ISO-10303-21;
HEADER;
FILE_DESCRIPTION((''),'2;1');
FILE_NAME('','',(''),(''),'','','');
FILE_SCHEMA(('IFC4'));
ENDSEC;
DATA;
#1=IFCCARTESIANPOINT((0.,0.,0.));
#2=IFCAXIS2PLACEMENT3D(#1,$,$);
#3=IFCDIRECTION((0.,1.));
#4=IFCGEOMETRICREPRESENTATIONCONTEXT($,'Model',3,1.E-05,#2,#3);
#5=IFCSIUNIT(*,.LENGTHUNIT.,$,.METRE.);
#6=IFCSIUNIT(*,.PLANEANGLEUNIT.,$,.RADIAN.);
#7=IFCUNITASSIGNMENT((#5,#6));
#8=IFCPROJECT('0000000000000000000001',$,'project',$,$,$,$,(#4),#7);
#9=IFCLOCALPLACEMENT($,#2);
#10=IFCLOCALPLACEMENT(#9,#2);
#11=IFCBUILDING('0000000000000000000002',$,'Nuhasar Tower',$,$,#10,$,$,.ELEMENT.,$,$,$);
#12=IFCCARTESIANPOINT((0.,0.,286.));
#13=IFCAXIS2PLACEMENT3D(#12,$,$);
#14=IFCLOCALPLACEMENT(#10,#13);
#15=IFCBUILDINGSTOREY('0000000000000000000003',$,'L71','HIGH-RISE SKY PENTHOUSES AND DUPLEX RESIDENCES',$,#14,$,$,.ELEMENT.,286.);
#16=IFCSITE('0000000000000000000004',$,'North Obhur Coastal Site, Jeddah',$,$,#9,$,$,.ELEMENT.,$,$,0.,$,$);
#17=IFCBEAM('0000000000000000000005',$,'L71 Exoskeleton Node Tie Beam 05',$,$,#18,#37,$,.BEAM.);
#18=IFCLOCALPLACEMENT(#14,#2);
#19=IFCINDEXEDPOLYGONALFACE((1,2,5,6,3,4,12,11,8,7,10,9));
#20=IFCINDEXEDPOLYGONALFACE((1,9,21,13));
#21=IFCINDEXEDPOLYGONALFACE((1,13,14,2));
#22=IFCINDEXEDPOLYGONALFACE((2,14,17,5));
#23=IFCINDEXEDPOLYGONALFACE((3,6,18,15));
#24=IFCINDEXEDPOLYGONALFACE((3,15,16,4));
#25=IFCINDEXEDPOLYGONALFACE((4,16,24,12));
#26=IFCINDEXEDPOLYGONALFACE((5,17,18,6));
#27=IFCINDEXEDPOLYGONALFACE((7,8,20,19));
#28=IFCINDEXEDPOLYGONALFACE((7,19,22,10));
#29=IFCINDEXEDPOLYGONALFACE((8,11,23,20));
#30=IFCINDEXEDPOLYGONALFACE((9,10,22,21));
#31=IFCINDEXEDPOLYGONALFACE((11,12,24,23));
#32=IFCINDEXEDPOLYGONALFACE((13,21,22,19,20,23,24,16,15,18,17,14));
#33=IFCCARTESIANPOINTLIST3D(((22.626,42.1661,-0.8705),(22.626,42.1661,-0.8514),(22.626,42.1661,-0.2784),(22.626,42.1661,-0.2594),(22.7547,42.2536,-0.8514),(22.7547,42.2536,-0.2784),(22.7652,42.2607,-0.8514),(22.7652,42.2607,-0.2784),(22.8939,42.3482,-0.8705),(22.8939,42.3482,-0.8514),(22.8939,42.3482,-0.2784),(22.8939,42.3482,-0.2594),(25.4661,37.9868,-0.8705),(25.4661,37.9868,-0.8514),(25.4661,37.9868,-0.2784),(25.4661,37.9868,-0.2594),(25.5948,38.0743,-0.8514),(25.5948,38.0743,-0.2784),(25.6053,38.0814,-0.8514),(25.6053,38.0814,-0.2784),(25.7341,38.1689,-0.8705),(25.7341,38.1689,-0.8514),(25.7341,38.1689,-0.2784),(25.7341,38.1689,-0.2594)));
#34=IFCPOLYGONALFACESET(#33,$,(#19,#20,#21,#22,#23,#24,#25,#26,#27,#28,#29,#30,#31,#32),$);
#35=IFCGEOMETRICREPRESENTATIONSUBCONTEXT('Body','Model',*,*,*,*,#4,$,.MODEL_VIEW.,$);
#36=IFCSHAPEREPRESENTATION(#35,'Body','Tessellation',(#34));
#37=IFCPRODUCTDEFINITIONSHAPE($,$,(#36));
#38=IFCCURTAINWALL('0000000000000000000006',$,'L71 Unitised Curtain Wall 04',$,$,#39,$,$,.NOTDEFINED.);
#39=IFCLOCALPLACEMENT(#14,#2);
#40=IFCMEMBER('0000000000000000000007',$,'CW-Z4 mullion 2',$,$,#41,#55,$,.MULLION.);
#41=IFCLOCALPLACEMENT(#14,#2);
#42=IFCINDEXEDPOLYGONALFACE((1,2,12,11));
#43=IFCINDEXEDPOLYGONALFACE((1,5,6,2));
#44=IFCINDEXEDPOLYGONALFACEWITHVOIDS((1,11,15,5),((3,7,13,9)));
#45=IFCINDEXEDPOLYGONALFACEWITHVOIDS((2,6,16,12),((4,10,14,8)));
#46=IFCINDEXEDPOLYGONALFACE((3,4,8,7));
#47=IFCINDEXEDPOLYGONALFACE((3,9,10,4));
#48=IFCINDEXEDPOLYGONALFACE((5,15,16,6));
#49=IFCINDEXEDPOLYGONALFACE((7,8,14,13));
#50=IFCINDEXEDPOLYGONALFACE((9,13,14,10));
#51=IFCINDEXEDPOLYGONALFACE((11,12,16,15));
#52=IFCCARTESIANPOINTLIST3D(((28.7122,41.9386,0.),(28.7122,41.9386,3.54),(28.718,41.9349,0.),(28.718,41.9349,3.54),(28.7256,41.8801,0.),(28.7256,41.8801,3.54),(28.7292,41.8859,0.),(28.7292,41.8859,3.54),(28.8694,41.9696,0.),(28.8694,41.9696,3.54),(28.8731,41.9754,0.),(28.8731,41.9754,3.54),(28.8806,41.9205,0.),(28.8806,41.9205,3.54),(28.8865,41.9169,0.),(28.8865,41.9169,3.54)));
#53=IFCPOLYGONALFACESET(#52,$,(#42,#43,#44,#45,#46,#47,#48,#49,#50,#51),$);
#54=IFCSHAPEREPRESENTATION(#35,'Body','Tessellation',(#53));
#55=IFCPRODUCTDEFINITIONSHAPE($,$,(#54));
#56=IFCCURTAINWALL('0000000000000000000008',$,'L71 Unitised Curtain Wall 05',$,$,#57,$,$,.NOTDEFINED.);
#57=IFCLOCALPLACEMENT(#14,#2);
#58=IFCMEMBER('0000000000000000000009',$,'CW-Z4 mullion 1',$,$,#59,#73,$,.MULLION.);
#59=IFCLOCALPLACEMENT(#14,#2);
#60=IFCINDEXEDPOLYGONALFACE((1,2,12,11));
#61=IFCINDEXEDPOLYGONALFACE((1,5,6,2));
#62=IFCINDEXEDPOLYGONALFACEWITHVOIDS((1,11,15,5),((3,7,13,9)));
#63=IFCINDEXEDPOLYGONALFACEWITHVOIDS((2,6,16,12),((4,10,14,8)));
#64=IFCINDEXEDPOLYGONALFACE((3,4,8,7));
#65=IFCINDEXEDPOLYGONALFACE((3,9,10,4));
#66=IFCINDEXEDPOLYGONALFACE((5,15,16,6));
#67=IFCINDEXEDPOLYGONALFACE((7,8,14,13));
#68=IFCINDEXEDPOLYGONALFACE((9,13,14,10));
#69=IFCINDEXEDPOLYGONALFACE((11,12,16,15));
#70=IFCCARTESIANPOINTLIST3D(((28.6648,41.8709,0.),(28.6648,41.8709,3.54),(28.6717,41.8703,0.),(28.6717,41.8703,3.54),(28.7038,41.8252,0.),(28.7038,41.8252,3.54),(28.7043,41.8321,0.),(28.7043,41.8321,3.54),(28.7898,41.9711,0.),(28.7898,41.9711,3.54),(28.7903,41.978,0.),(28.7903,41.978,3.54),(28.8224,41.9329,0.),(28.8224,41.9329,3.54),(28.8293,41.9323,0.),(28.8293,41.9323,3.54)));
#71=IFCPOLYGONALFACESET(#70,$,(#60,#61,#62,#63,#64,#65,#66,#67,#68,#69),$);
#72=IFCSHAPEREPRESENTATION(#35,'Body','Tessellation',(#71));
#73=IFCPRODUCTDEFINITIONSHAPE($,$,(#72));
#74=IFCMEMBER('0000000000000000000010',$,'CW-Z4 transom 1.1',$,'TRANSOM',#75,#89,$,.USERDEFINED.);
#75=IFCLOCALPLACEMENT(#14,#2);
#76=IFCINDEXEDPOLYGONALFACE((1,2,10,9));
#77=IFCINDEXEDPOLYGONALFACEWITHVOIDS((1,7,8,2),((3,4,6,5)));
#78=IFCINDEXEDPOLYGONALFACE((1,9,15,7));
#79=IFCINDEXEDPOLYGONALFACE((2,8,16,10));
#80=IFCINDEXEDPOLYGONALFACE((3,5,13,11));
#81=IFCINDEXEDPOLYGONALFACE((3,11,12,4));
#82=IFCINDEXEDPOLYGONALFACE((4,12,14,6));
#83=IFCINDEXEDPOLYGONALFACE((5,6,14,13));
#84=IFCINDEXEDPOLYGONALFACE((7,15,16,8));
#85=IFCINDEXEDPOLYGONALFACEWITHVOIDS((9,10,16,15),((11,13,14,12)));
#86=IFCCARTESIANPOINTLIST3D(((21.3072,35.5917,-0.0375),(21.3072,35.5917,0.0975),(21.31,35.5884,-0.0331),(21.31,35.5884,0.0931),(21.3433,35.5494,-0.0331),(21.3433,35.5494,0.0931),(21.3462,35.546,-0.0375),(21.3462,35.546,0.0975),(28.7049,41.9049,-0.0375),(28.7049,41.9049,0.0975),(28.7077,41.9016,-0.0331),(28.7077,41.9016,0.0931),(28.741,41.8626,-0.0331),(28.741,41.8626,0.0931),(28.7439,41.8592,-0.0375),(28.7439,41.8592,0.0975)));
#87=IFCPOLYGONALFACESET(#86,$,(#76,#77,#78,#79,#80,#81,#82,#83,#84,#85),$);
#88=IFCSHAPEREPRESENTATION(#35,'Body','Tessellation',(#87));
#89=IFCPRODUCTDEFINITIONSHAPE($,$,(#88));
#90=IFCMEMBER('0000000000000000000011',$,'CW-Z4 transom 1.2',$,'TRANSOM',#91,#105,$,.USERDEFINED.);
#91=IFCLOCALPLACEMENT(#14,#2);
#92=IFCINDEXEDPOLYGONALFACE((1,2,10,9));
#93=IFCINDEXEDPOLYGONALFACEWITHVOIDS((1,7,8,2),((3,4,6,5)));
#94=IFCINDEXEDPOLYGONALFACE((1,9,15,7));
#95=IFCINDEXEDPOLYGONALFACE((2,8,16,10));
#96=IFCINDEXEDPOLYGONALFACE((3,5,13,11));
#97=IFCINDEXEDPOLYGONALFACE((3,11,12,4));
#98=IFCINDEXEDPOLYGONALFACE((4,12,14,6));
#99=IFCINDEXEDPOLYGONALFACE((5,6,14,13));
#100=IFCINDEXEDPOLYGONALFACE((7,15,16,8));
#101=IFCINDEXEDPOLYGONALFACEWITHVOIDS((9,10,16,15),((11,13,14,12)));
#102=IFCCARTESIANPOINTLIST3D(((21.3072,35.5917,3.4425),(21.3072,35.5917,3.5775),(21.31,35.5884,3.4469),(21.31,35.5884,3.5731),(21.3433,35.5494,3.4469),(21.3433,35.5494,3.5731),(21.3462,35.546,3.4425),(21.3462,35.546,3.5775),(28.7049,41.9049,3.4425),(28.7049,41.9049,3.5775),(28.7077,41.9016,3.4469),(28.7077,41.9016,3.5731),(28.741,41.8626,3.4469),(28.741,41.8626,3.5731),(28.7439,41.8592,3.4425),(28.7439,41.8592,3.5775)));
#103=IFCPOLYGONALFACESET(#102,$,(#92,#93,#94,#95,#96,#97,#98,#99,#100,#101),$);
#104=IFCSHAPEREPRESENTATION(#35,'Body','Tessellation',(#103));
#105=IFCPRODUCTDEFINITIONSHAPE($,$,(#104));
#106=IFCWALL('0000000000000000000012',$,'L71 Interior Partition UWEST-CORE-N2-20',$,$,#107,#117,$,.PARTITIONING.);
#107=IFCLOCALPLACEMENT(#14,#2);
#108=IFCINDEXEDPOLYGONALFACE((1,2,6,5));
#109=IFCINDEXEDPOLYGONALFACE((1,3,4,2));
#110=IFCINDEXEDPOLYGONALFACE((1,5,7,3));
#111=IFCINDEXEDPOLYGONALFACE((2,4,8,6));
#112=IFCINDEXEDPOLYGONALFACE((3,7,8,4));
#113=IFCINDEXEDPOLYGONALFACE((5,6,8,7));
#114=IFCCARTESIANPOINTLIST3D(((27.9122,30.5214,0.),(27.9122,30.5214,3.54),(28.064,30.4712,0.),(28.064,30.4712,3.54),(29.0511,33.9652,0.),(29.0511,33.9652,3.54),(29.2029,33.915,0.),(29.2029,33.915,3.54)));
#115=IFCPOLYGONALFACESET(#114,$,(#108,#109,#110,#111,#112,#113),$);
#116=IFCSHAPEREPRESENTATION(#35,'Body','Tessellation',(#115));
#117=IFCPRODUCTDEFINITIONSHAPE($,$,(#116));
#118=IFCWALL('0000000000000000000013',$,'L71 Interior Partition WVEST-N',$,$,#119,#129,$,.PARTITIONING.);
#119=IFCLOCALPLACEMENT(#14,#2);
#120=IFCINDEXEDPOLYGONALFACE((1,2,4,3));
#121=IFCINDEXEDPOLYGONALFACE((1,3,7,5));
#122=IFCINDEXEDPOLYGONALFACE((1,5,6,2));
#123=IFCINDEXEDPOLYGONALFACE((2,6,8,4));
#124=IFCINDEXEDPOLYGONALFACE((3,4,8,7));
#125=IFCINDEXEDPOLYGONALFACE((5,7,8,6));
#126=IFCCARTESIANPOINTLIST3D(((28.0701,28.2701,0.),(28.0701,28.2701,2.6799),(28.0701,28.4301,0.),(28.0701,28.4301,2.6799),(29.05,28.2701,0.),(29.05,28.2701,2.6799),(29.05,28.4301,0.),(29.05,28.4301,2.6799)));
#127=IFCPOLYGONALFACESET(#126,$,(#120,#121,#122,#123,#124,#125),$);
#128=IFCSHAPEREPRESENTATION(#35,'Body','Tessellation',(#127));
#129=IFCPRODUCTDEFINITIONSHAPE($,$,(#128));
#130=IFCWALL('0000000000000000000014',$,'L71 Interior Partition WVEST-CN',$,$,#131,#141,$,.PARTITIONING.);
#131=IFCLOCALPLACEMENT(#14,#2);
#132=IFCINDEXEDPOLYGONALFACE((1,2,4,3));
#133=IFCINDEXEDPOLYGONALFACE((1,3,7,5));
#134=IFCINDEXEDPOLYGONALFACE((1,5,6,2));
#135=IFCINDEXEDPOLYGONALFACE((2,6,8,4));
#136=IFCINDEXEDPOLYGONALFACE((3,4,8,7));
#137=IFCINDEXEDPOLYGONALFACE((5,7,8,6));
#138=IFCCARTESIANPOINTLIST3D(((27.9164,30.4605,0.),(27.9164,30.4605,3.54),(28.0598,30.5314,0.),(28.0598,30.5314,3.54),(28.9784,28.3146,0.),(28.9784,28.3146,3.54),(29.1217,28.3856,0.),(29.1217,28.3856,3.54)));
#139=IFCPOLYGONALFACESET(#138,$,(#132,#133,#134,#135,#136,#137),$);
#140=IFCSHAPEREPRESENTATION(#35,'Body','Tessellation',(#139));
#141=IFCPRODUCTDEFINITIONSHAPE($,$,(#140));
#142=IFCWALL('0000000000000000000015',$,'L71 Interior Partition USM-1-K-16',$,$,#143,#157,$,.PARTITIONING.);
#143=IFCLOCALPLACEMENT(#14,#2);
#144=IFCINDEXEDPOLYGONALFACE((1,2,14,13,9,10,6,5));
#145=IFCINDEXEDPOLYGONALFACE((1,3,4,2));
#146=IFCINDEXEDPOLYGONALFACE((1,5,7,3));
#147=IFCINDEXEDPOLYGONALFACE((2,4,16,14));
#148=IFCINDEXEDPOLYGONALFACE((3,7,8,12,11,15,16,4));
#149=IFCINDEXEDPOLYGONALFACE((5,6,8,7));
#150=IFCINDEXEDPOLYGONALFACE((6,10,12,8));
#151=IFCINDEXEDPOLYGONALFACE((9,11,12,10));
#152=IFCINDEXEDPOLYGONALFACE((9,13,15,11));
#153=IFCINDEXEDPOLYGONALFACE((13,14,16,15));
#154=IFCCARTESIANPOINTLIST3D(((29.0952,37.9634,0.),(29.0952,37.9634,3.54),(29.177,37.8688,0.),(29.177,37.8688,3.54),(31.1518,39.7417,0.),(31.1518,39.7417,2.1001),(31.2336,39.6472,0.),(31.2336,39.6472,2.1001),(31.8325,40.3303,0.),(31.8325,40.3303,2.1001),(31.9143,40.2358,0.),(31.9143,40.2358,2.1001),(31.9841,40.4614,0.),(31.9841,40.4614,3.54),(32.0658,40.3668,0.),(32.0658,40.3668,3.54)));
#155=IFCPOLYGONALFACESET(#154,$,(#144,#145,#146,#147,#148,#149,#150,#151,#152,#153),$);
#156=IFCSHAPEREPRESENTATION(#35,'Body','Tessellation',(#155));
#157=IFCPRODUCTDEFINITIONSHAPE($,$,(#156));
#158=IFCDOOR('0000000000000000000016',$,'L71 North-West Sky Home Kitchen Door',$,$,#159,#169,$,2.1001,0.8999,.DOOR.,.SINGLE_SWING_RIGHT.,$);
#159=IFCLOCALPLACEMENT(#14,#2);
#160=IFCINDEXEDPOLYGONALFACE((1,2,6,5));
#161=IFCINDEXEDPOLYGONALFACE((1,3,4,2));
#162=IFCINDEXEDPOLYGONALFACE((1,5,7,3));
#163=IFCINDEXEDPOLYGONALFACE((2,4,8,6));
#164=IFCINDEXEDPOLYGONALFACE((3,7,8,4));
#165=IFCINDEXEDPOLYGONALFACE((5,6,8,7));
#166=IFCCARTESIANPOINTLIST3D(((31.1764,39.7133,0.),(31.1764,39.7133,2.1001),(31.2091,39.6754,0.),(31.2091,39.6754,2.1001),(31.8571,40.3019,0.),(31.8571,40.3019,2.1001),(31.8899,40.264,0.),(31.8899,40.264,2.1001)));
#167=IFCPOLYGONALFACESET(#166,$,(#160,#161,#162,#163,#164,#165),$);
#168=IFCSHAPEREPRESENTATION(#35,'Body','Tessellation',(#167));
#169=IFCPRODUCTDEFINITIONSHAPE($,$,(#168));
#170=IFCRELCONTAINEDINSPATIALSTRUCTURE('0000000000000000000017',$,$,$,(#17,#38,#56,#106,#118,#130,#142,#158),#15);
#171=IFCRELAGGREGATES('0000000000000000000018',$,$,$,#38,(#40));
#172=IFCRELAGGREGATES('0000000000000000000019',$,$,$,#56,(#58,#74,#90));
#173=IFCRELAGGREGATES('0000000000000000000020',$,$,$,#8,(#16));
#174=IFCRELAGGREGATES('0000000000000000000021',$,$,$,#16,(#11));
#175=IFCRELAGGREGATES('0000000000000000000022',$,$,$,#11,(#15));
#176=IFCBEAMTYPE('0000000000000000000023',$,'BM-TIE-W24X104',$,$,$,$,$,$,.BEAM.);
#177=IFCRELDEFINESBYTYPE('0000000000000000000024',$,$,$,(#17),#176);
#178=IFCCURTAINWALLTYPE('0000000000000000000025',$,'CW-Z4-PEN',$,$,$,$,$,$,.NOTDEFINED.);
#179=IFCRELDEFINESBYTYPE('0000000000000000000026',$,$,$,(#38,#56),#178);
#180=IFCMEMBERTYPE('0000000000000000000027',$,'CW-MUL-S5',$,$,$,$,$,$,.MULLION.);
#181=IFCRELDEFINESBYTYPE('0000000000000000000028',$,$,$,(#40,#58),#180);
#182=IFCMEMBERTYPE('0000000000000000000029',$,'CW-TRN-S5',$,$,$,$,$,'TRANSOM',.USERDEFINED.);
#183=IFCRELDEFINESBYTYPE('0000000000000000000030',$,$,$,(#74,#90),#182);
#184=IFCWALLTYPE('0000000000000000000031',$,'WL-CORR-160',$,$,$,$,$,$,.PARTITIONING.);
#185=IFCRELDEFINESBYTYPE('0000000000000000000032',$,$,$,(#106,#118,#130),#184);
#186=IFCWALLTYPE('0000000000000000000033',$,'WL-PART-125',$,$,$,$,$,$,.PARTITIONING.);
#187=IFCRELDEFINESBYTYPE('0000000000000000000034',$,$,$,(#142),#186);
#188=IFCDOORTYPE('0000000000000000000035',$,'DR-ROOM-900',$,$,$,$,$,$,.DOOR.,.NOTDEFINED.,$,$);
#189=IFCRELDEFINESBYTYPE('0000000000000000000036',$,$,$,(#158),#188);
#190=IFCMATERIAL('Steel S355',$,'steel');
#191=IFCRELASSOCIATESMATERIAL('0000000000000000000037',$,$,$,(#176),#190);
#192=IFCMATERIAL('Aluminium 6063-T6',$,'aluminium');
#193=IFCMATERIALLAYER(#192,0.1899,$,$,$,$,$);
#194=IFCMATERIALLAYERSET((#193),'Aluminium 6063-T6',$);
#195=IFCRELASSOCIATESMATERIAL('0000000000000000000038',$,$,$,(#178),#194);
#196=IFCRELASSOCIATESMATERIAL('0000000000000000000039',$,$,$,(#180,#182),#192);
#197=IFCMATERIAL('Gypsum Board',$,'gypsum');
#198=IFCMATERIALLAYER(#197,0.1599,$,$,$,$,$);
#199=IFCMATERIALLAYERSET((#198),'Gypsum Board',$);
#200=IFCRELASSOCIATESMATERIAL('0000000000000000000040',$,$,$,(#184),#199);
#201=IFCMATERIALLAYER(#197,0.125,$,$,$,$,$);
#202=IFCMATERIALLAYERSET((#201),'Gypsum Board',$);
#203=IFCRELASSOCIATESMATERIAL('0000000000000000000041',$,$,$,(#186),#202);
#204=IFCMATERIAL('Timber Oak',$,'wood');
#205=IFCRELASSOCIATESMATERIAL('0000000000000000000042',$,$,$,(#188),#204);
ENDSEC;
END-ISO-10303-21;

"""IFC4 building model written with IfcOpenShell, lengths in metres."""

from ifc_helpers import new_model, si_unit, direction, frame, frame_2d, origin, origin_2d, place, context, subcontext, project, spatial, rectangle, hollow_rectangle, i_section, extrude, material, layer, layer_set, material_profile, profile_set, type_object, element, fill, aggregate, save


model = new_model("IFC4")

# Units and contexts
model_context = context("Model", 3, precision=1e-05, world=origin(), true_north=direction((0.0, 1.0)))
body_context = subcontext(model_context, "Body", "Model", "MODEL_VIEW")
ifc_project = project(units=[si_unit("LENGTHUNIT", "METRE"), si_unit("PLANEANGLEUNIT", "RADIAN")], contexts=[model_context])

# Site, building, storey
site_placement = place(None, origin())
site = spatial("IfcSite", under=ifc_project, at=site_placement, Name="North Obhur Coastal Site, Jeddah", CompositionType="ELEMENT", RefElevation=0.0)
building_placement = place(site_placement, origin())
building = spatial("IfcBuilding", under=site, at=building_placement, Name="Nuhasar Tower", CompositionType="ELEMENT")
storey_placement = place(building_placement, frame((0.0, 0.0, 286.0)))
storey = spatial("IfcBuildingStorey", under=building, at=storey_placement, Name="L71", Description="HIGH-RISE SKY PENTHOUSES AND DUPLEX RESIDENCES", CompositionType="ELEMENT", Elevation=286.0)

# Beam
ifc_material_1 = material(Name="Steel S355", Category="steel")
ifc_material_profile_1 = material_profile(ifc_material_1, i_section(OverallWidth=0.324, OverallDepth=0.6111, WebThickness=0.0127, FlangeThickness=0.019, at=origin_2d()), Name="W24X104")
ifc_profile_set_1 = profile_set([ifc_material_profile_1], Name="Steel S355")
beam_type_1 = type_object("IfcBeamType", Name="BM-TIE-W24X104", PredefinedType="BEAM", material=ifc_profile_set_1)
beam_1_placement = place(storey_placement, frame((25.6001, 38.0779, -0.5649), z_axis=(-0.562071, 0.827089, 0.0), x_axis=(-0.827089, -0.562071, 0.0)))
element("IfcBeam", 1, at=beam_1_placement, inside=storey, type_object=beam_type_1, Name="L71 Exoskeleton Node Tie Beam 05", PredefinedType="BEAM", context=body_context, shape_type="SweptSolid", body=[
    extrude(i_section(OverallWidth=0.324, OverallDepth=0.6111, WebThickness=0.0127, FlangeThickness=0.019, at=origin_2d()), origin(), (0.0, 0.0, 1.0), 5.053),
])

# Curtain wall, member
ifc_material_2 = material(Name="Aluminium 6063-T6", Category="aluminium")
ifc_layer_1 = layer(ifc_material_2, 0.1899)
ifc_layer_set_1 = layer_set([ifc_layer_1], Name="Aluminium 6063-T6")
curtain_wall_type = type_object("IfcCurtainWallType", Name="CW-Z4-PEN", PredefinedType="NOTDEFINED", material=ifc_layer_set_1)
curtain_wall_1_placement = place(storey_placement, origin())
curtain_wall_1 = element("IfcCurtainWall", 2, at=curtain_wall_1_placement, inside=storey, type_object=curtain_wall_type, Name="L71 Unitised Curtain Wall 04", PredefinedType="NOTDEFINED")
ifc_material_profile_2 = material_profile(ifc_material_2, hollow_rectangle(XDim=0.0601, YDim=0.165, WallThickness=0.0049, at=origin_2d()), Name="CWM-5")
ifc_profile_set_2 = profile_set([ifc_material_profile_2], Name="Aluminium 6063-T6")
member_type_1 = type_object("IfcMemberType", Name="CW-MUL-S5", PredefinedType="MULLION", material=ifc_profile_set_2)
member_1_placement = place(storey_placement, frame((28.7993, 41.9277, 0.0), z_axis=(0.0, 0.0, 1.0), x_axis=(0.222889, -0.974844, 0.0)))
member_1 = element("IfcMember", 3, at=member_1_placement, type_object=member_type_1, Name="CW-Z4 mullion 2", PredefinedType="MULLION", context=body_context, shape_type="SweptSolid", body=[
    extrude(hollow_rectangle(XDim=0.0601, YDim=0.165, WallThickness=0.0049, at=origin_2d()), origin(), (0.0, 0.0, 1.0), 3.54),
])
aggregate(curtain_wall_1, [member_1])

# Curtain wall, members
curtain_wall_2_placement = place(storey_placement, origin())
curtain_wall_2 = element("IfcCurtainWall", 4, at=curtain_wall_2_placement, inside=storey, type_object=curtain_wall_type, Name="L71 Unitised Curtain Wall 05", PredefinedType="NOTDEFINED")
member_2_placement = place(storey_placement, frame((28.7471, 41.9016, 0.0), z_axis=(0.0, 0.0, 1.0), x_axis=(0.649142, -0.760667, 0.0)))
member_2 = element("IfcMember", 5, at=member_2_placement, type_object=member_type_1, Name="CW-Z4 mullion 1", PredefinedType="MULLION", context=body_context, shape_type="SweptSolid", body=[
    extrude(hollow_rectangle(XDim=0.0601, YDim=0.165, WallThickness=0.0049, at=origin_2d()), origin(), (0.0, 0.0, 1.0), 3.54),
])
ifc_material_profile_3 = material_profile(ifc_material_2, hollow_rectangle(XDim=0.0601, YDim=0.135, WallThickness=0.0044, at=origin_2d()), Name="CWT-5")
ifc_profile_set_3 = profile_set([ifc_material_profile_3], Name="Aluminium 6063-T6")
member_type_2 = type_object("IfcMemberType", Name="CW-TRN-S5", ElementType="TRANSOM", PredefinedType="USERDEFINED", material=ifc_profile_set_3)
member_3_placement = place(storey_placement, frame((28.7244, 41.8821, 0.03), z_axis=(-0.76066, -0.64915, 0.0), x_axis=(0.64915, -0.76066, 0.0)))
member_3 = element("IfcMember", 6, at=member_3_placement, type_object=member_type_2, Name="CW-Z4 transom 1.1", ObjectType="TRANSOM", PredefinedType="USERDEFINED", context=body_context, shape_type="SweptSolid", body=[
    extrude(hollow_rectangle(XDim=0.0601, YDim=0.135, WallThickness=0.0044, at=origin_2d()), origin(), (0.0, 0.0, 1.0), 9.7253),
])
member_4_placement = place(storey_placement, frame((28.7244, 41.8821, 3.51), z_axis=(-0.76066, -0.64915, 0.0), x_axis=(0.64915, -0.76066, 0.0)))
member_4 = element("IfcMember", 7, at=member_4_placement, type_object=member_type_2, Name="CW-Z4 transom 1.2", ObjectType="TRANSOM", PredefinedType="USERDEFINED", context=body_context, shape_type="SweptSolid", body=[
    extrude(hollow_rectangle(XDim=0.0601, YDim=0.135, WallThickness=0.0044, at=origin_2d()), origin(), (0.0, 0.0, 1.0), 9.7253),
])
aggregate(curtain_wall_2, [member_2, member_3, member_4])

# Wall
ifc_material_3 = material(Name="Gypsum Board", Category="gypsum")
ifc_layer_2 = layer(ifc_material_3, 0.1599)
ifc_layer_set_2 = layer_set([ifc_layer_2], Name="Gypsum Board")
wall_type_1 = type_object("IfcWallType", Name="WL-CORR-160", PredefinedType="PARTITIONING", material=ifc_layer_set_2)
wall_1_placement = place(storey_placement, frame((29.127, 33.9399, 0.0), z_axis=(0.0, 0.0, 1.0), x_axis=(-0.313986, -0.949428, 0.0)))
element("IfcWall", 8, at=wall_1_placement, inside=storey, type_object=wall_type_1, Name="L71 Interior Partition UWEST-CORE-N2-20", PredefinedType="PARTITIONING", context=body_context, shape_type="SweptSolid", body=[
    extrude(rectangle(XDim=3.6272, YDim=0.1599, at=frame_2d((1.8135, 0.0))), origin(), (0.0, 0.0, 1.0), 3.54),
])

# Shared definitions
ifc_material_4 = material(Name="Timber Oak", Category="wood")

# Walls
wall_2_placement = place(storey_placement, frame((28.0701, 28.3501, 0.0), z_axis=(0.0, 0.0, 1.0), x_axis=(1.0, 0.0, 0.0)))
element("IfcWall", 9, at=wall_2_placement, inside=storey, type_object=wall_type_1, Name="L71 Interior Partition WVEST-N", PredefinedType="PARTITIONING", context=body_context, shape_type="SweptSolid", body=[
    extrude(rectangle(XDim=0.98, YDim=0.1599, at=frame_2d((0.49, 0.0))), origin(), (0.0, 0.0, 1.0), 2.6799),
])
wall_3_placement = place(storey_placement, frame((27.988, 30.4961, 0.0), z_axis=(0.0, 0.0, 1.0), x_axis=(0.443539, -0.896255, 0.0)))
element("IfcWall", 10, at=wall_3_placement, inside=storey, type_object=wall_type_1, Name="L71 Interior Partition WVEST-CN", PredefinedType="PARTITIONING", context=body_context, shape_type="SweptSolid", body=[
    extrude(rectangle(XDim=2.3943, YDim=0.1599, at=frame_2d((1.1973, 0.0))), origin(), (0.0, 0.0, 1.0), 3.54),
])

# Wall, opening, door
ifc_layer_3 = layer(ifc_material_3, 0.125)
ifc_layer_set_3 = layer_set([ifc_layer_3], Name="Gypsum Board")
wall_type_2 = type_object("IfcWallType", Name="WL-PART-125", PredefinedType="PARTITIONING", material=ifc_layer_set_3)
wall_4_placement = place(storey_placement, frame((29.136, 37.916, 0.0), z_axis=(0.0, 0.0, 1.0), x_axis=(0.756425, 0.654081, 0.0)))
wall_4 = element("IfcWall", 11, at=wall_4_placement, inside=storey, type_object=wall_type_2, Name="L71 Interior Partition USM-1-K-16", PredefinedType="PARTITIONING", context=body_context, shape_type="SweptSolid", body=[
    extrude(rectangle(XDim=3.8191, YDim=0.125, at=frame_2d((1.9097, 0.0))), origin(), (0.0, 0.0, 1.0), 3.54),
])
opening_1_placement = place(wall_4_placement, frame((2.719, 0.0, 0.0)))
opening_1 = element("IfcOpeningElement", 12, at=opening_1_placement, cuts=wall_4, PredefinedType="OPENING", context=body_context, shape_type="SweptSolid", body=[
    extrude(rectangle(XDim=0.8999, YDim=2.1001, at=frame_2d((0.45, 1.05))), frame((0.0, 0.0725, 0.0), z_axis=(0.0, -1.0, 0.0), x_axis=(1.0, 0.0, 0.0)), (0.0, 0.0, 1.0), 0.145),
])
door_type_1 = type_object("IfcDoorType", Name="DR-ROOM-900", OperationType="NOTDEFINED", PredefinedType="DOOR", material=ifc_material_4)
door_1_placement = place(opening_1_placement, origin())
door_1 = element("IfcDoor", 13, at=door_1_placement, inside=storey, type_object=door_type_1, Name="L71 North-West Sky Home Kitchen Door", OperationType="SINGLE_SWING_RIGHT", OverallHeight=2.1001, OverallWidth=0.8999, PredefinedType="DOOR", context=body_context, shape_type="SweptSolid", body=[
    extrude(rectangle(XDim=0.8999, YDim=2.1001, at=frame_2d((0.45, 1.05))), frame((0.0, 0.0249, 0.0), z_axis=(0.0, -1.0, 0.0), x_axis=(1.0, 0.0, 0.0)), (0.0, 0.0, 1.0), 0.05),
])
fill(opening_1, door_1)

save(model, "model.ifc")
